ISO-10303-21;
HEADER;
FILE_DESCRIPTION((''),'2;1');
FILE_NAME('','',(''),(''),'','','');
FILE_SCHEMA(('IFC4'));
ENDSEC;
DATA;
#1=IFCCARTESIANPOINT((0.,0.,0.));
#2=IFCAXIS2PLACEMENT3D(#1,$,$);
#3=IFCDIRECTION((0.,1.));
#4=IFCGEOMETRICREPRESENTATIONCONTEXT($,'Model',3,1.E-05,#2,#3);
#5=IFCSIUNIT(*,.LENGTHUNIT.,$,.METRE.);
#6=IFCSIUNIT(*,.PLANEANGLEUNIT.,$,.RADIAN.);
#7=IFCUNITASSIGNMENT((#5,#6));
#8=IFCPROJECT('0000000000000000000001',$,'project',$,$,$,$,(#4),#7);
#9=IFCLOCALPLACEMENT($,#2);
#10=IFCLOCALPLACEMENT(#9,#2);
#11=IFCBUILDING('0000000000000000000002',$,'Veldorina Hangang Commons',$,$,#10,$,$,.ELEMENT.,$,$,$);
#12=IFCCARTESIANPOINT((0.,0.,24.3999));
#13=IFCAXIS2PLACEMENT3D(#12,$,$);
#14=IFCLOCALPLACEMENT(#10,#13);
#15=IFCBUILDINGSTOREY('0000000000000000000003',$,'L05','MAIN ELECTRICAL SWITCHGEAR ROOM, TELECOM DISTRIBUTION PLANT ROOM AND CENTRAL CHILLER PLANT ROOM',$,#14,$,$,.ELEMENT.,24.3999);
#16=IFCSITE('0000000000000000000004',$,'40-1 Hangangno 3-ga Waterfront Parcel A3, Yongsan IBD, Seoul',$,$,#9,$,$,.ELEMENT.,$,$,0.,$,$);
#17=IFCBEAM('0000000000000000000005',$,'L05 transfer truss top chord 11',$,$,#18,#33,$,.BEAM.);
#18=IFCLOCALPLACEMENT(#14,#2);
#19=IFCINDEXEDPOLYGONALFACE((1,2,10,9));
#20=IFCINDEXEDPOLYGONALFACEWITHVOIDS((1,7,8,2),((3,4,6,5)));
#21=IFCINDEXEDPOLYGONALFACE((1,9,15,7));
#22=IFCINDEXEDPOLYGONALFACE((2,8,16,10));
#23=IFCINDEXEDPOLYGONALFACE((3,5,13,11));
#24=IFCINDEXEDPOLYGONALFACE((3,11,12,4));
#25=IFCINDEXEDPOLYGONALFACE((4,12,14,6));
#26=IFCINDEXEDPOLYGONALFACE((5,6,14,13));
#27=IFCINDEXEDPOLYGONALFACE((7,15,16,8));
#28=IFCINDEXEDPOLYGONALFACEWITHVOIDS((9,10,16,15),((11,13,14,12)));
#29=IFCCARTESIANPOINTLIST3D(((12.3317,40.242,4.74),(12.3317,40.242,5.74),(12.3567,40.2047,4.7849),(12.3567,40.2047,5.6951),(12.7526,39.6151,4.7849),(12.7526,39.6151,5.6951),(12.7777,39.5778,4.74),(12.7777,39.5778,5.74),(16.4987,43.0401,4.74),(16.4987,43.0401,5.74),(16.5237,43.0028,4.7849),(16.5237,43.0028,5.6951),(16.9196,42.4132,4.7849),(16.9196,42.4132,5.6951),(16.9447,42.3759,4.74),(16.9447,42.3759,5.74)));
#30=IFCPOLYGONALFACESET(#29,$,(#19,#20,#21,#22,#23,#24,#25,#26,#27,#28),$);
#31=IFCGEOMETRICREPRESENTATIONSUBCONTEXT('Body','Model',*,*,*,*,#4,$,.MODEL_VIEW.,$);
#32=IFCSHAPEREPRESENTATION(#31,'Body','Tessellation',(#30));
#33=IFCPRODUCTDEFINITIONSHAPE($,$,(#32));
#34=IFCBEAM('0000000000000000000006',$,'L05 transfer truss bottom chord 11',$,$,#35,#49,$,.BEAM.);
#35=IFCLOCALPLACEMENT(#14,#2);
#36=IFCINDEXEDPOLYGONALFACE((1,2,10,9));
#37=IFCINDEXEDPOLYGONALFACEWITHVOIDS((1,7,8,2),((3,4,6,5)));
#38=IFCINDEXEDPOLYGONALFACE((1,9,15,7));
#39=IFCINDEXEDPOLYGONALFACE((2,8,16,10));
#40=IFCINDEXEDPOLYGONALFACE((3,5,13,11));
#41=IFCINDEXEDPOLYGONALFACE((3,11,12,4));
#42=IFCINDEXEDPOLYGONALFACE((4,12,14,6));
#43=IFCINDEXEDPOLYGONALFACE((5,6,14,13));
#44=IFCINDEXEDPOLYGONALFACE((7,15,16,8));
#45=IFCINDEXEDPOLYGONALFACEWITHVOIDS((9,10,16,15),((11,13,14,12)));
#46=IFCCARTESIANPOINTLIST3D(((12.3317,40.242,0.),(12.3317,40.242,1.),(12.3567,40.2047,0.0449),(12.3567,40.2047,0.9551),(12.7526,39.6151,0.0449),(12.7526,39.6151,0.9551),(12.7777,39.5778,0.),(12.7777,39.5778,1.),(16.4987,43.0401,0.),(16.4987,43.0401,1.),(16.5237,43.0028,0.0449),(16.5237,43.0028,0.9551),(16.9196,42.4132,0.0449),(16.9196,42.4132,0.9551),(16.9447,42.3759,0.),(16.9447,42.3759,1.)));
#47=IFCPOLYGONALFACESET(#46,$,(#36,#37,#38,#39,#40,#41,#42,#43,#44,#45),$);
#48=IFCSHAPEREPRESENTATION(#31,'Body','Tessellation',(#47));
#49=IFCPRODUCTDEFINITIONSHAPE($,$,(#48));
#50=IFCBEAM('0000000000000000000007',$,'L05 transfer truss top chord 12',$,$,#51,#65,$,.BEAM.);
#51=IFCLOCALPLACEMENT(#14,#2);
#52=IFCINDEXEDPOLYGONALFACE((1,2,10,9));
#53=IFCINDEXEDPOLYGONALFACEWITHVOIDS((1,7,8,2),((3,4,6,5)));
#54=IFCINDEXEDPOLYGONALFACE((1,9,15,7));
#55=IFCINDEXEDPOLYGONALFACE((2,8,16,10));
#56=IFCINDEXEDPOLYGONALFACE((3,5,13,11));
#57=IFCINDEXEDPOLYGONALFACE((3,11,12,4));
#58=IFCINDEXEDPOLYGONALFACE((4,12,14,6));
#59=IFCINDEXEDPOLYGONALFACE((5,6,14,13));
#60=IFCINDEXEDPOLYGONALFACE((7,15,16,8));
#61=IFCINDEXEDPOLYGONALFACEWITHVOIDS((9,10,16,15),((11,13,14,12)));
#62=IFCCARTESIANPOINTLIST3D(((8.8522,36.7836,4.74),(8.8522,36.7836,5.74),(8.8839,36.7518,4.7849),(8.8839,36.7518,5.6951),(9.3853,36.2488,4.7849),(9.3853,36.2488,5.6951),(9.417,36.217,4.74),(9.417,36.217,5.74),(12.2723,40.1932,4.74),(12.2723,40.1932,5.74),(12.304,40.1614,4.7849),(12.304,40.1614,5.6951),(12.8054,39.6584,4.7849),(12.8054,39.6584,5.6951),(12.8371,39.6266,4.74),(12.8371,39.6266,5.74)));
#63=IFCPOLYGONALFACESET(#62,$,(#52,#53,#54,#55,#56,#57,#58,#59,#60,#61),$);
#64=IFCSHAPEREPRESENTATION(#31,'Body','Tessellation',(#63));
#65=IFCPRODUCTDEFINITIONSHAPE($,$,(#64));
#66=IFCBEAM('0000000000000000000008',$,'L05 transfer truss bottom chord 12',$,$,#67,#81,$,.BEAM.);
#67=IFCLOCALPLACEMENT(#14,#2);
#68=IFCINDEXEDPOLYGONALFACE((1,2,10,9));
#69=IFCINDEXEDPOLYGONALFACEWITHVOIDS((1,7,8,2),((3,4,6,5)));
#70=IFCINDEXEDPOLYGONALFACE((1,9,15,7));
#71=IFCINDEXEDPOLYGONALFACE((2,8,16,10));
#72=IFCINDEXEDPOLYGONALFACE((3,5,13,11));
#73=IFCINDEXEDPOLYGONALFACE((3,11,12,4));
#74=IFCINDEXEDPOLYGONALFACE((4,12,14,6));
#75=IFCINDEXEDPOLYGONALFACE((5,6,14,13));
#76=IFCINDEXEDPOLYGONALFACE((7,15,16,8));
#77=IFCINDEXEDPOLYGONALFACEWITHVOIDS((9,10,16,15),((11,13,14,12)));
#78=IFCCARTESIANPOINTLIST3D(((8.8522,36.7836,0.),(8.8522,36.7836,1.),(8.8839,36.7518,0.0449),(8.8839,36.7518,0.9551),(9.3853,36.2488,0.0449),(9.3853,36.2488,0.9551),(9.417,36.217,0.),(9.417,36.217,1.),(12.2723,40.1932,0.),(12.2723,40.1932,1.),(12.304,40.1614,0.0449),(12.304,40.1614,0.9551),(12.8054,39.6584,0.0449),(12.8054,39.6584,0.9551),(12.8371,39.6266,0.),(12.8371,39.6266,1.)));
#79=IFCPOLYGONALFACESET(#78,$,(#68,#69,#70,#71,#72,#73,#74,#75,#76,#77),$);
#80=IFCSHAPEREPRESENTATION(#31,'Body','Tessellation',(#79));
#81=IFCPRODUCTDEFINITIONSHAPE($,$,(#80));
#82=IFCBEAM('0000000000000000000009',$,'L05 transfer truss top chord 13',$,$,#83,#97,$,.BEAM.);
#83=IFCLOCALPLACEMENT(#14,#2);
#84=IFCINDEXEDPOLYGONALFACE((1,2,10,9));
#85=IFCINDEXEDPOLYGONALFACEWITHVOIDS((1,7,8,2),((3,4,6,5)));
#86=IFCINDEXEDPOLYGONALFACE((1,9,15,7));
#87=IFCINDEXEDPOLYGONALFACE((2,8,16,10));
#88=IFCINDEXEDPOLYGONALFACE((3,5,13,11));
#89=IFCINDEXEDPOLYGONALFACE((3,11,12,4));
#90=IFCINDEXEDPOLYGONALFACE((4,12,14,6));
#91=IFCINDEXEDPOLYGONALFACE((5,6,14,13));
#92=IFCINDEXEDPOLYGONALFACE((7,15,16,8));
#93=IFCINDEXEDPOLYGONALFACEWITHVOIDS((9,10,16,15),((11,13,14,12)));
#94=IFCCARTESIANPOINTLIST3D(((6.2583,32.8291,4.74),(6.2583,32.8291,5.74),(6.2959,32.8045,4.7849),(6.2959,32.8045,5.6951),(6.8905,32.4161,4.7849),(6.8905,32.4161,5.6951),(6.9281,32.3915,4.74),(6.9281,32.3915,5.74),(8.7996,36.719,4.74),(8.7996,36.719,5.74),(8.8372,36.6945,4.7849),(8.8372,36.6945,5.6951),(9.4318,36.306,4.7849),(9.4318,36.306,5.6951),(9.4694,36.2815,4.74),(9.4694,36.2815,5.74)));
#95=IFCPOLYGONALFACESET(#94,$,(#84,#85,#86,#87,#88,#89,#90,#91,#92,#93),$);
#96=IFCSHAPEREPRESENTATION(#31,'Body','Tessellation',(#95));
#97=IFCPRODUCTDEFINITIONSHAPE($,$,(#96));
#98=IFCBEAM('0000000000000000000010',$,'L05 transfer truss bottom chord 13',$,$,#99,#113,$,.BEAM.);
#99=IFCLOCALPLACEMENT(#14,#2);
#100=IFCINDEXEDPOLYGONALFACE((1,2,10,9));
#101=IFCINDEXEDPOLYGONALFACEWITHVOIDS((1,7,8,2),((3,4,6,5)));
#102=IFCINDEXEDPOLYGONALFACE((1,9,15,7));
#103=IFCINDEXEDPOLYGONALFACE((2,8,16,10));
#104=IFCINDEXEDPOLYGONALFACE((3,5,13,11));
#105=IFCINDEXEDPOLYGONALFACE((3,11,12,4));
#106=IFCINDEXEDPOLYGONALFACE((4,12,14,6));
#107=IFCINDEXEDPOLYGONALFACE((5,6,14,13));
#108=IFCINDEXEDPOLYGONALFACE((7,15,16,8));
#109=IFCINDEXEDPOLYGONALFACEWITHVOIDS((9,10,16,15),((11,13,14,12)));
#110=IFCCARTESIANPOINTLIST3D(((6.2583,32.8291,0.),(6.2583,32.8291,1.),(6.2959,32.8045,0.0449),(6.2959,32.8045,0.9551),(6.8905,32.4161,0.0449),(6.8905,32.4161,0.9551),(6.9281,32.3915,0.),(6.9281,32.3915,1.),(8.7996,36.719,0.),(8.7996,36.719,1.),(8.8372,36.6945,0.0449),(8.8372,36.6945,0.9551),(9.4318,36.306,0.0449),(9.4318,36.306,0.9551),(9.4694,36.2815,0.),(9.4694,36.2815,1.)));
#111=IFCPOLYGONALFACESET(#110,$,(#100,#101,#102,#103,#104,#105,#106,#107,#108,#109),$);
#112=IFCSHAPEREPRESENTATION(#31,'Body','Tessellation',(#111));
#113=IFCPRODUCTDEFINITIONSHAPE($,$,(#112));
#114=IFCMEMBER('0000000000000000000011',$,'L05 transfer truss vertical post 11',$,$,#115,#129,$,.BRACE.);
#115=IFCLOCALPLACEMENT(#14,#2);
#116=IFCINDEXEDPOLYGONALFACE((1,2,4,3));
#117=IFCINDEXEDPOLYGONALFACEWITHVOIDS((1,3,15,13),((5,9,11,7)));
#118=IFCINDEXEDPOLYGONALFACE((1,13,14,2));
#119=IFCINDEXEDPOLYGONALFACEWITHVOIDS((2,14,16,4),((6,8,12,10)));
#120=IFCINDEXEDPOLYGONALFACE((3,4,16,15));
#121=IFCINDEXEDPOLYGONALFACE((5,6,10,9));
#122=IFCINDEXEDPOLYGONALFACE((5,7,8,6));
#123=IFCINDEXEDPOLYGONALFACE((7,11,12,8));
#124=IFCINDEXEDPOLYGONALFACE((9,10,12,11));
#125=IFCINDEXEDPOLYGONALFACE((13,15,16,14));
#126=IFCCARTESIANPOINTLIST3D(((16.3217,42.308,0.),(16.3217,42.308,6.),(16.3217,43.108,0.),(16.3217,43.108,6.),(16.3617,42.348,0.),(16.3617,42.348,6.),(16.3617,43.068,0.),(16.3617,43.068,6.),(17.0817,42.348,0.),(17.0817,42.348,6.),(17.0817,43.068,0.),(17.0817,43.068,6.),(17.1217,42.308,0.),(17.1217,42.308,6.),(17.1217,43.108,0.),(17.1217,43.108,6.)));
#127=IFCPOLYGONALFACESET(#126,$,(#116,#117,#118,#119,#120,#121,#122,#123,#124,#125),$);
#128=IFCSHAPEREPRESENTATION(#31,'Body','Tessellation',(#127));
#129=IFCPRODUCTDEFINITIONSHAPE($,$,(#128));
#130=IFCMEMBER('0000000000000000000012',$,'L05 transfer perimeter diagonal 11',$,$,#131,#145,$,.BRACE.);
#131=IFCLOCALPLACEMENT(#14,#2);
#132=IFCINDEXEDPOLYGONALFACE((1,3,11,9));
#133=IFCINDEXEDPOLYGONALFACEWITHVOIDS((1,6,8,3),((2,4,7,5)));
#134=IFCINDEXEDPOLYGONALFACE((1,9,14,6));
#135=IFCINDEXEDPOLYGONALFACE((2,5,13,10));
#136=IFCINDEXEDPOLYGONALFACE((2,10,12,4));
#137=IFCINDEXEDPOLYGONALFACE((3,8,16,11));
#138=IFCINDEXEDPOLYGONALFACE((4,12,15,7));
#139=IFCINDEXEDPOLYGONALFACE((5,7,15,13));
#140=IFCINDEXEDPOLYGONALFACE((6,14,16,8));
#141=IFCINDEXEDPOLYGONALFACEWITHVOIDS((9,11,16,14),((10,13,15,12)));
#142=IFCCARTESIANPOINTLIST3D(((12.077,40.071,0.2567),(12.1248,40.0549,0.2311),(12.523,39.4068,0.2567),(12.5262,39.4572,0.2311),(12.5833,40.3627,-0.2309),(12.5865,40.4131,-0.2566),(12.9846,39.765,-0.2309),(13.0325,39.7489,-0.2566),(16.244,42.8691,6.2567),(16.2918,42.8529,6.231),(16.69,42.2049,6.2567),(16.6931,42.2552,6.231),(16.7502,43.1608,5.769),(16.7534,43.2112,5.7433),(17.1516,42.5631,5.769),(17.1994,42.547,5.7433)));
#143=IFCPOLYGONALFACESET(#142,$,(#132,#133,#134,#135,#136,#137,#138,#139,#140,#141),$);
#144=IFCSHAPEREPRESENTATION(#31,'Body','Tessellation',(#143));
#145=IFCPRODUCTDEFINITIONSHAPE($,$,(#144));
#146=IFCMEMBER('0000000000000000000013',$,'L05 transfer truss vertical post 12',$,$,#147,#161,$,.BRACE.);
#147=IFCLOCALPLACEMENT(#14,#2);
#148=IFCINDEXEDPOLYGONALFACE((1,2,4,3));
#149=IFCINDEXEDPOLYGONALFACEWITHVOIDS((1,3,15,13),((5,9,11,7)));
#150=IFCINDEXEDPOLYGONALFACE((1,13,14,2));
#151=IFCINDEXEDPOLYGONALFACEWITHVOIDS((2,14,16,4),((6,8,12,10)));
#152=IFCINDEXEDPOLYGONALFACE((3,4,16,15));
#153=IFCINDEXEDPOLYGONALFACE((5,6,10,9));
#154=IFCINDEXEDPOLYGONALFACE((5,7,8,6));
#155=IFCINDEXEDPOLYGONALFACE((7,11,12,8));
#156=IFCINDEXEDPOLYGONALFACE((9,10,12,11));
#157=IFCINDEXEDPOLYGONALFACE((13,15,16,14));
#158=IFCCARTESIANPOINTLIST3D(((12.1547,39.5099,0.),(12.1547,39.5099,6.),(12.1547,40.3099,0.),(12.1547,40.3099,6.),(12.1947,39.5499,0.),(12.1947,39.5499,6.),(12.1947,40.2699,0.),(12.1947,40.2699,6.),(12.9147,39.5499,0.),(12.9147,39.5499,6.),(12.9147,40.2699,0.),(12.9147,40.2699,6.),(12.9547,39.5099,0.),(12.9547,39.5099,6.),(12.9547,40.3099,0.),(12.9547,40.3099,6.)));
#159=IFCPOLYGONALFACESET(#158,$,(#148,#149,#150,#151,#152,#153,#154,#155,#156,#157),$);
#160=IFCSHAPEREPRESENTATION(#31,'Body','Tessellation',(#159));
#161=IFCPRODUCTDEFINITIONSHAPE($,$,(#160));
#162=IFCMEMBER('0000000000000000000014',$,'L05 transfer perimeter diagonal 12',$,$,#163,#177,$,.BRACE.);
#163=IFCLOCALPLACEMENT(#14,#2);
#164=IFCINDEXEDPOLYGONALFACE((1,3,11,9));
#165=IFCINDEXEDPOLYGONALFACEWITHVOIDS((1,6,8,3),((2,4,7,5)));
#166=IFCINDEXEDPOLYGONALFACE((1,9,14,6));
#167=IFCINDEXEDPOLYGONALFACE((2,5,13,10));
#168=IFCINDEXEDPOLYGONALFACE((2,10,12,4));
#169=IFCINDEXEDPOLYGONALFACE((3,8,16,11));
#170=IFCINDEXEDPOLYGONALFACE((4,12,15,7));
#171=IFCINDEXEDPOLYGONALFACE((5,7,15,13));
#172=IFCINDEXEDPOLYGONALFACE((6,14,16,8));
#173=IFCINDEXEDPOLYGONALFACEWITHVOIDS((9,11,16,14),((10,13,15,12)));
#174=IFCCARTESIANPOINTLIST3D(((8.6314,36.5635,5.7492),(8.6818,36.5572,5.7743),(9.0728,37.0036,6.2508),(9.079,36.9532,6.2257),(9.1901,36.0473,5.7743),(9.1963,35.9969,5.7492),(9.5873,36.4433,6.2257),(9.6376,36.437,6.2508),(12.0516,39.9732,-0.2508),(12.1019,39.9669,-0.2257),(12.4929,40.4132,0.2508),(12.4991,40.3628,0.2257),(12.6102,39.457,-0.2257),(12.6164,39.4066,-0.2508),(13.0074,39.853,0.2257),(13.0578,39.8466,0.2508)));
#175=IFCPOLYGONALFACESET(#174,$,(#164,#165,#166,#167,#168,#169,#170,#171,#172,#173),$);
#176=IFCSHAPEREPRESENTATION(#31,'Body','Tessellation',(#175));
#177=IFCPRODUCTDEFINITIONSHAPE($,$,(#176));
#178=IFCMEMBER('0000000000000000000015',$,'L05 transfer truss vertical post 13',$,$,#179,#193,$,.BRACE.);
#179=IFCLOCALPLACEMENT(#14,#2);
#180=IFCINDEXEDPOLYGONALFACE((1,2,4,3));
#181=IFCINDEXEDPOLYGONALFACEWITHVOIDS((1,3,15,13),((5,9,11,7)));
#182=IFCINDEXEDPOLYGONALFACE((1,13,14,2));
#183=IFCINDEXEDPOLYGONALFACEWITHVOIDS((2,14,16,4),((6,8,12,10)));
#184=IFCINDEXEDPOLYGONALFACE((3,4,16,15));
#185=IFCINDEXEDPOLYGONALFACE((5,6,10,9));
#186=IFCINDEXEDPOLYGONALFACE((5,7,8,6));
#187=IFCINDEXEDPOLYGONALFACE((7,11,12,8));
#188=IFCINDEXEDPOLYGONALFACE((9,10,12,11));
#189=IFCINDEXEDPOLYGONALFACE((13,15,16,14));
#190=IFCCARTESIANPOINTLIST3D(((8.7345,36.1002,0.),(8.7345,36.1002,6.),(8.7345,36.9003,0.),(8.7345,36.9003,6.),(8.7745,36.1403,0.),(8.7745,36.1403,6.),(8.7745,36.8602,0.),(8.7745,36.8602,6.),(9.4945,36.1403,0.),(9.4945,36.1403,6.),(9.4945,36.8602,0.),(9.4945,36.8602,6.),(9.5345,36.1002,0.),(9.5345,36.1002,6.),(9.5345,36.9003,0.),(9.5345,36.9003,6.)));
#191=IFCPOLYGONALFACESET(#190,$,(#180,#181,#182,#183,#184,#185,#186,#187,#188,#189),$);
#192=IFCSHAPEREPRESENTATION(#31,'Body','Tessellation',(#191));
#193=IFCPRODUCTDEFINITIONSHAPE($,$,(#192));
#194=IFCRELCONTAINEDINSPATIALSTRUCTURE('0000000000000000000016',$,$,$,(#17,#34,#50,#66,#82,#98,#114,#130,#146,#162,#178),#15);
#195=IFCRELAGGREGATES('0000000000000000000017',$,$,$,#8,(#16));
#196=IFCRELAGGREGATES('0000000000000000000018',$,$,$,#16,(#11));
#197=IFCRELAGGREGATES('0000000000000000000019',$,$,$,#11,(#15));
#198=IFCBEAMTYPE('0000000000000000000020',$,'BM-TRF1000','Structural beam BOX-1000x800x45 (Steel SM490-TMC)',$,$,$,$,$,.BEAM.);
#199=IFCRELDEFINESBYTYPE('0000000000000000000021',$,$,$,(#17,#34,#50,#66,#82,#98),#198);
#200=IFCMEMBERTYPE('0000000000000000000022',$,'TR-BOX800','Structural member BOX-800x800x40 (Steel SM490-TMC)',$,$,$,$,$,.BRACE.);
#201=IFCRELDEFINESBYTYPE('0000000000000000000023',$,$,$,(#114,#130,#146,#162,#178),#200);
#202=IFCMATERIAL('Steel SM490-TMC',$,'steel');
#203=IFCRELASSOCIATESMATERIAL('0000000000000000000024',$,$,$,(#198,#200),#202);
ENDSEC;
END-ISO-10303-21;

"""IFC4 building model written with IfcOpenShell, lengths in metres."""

from ifc_helpers import new_model, si_unit, direction, frame, origin, origin_2d, place, context, subcontext, project, spatial, hollow_rectangle, extrude, material, material_profile, profile_set, type_object, element, save


model = new_model("IFC4")

# Units and contexts
model_context = context("Model", 3, precision=1e-05, world=origin(), true_north=direction((0.0, 1.0)))
body_context = subcontext(model_context, "Body", "Model", "MODEL_VIEW")
ifc_project = project(units=[si_unit("LENGTHUNIT", "METRE"), si_unit("PLANEANGLEUNIT", "RADIAN")], contexts=[model_context])

# Site, building, storey
site_placement = place(None, origin())
site = spatial("IfcSite", under=ifc_project, at=site_placement, Name="40-1 Hangangno 3-ga Waterfront Parcel A3, Yongsan IBD, Seoul", CompositionType="ELEMENT", RefElevation=0.0)
building_placement = place(site_placement, origin())
building = spatial("IfcBuilding", under=site, at=building_placement, Name="Veldorina Hangang Commons", CompositionType="ELEMENT")
storey_placement = place(building_placement, frame((0.0, 0.0, 24.3999)))
storey = spatial("IfcBuildingStorey", under=building, at=storey_placement, Name="L05", Description="MAIN ELECTRICAL SWITCHGEAR ROOM, TELECOM DISTRIBUTION PLANT ROOM AND CENTRAL CHILLER PLANT ROOM", CompositionType="ELEMENT", Elevation=24.3999)

# Beams
ifc_material_1 = material(Name="Steel SM490-TMC", Category="steel")
ifc_material_profile_1 = material_profile(ifc_material_1, hollow_rectangle(XDim=0.8, YDim=1.0, WallThickness=0.0449, at=origin_2d()), Name="BOX-1000x800x45")
ifc_profile_set_1 = profile_set([ifc_material_profile_1], Name="Steel SM490-TMC")
beam_type = type_object("IfcBeamType", Name="BM-TRF1000", Description="Structural beam BOX-1000x800x45 (Steel SM490-TMC)", PredefinedType="BEAM", material=ifc_profile_set_1)
for number, where, z_axis, x_axis, name in (
    (1, (16.7217, 42.708, 5.24), (-0.830197, -0.55747, 0.0), (0.55747, -0.830197, 0.0), "L05 transfer truss top chord 11"),
    (2, (16.7217, 42.708, 0.5), (-0.830197, -0.55747, 0.0), (0.55747, -0.830197, 0.0), "L05 transfer truss bottom chord 11"),
):
    element("IfcBeam", number, at=place(storey_placement, frame(where, z_axis=z_axis, x_axis=x_axis)), inside=storey, type_object=beam_type, Name=name, PredefinedType="BEAM", context=body_context, shape_type="SweptSolid", body=[
        extrude(hollow_rectangle(XDim=0.8, YDim=1.0, WallThickness=0.0449, at=origin_2d()), origin(), (0.0, 0.0, 1.0), 5.0193),
    ])
for number, where, z_axis, x_axis, name in (
    (3, (12.5547, 39.9099, 5.24), (-0.708193, -0.706019, 0.0), (0.706019, -0.708193, 0.0), "L05 transfer truss top chord 12"),
    (4, (12.5547, 39.9099, 0.5), (-0.708193, -0.706019, 0.0), (0.706019, -0.708193, 0.0), "L05 transfer truss bottom chord 12"),
):
    element("IfcBeam", number, at=place(storey_placement, frame(where, z_axis=z_axis, x_axis=x_axis)), inside=storey, type_object=beam_type, Name=name, PredefinedType="BEAM", context=body_context, shape_type="SweptSolid", body=[
        extrude(hollow_rectangle(XDim=0.8, YDim=1.0, WallThickness=0.0449, at=origin_2d()), origin(), (0.0, 0.0, 1.0), 4.8293),
    ])
for number, where, z_axis, x_axis, name in (
    (5, (9.1345, 36.5002, 5.24), (-0.546928, -0.83718, 0.0), (0.83718, -0.546928, 0.0), "L05 transfer truss top chord 13"),
    (6, (9.1345, 36.5002, 0.5), (-0.546928, -0.83718, 0.0), (0.83718, -0.546928, 0.0), "L05 transfer truss bottom chord 13"),
):
    element("IfcBeam", number, at=place(storey_placement, frame(where, z_axis=z_axis, x_axis=x_axis)), inside=storey, type_object=beam_type, Name=name, PredefinedType="BEAM", context=body_context, shape_type="SweptSolid", body=[
        extrude(hollow_rectangle(XDim=0.8, YDim=1.0, WallThickness=0.0449, at=origin_2d()), origin(), (0.0, 0.0, 1.0), 4.6465),
    ])

# Members
ifc_material_profile_2 = material_profile(ifc_material_1, hollow_rectangle(XDim=0.8, YDim=0.8, WallThickness=0.04, at=origin_2d()), Name="BOX-800x800x40")
ifc_profile_set_2 = profile_set([ifc_material_profile_2], Name="Steel SM490-TMC")
member_type = type_object("IfcMemberType", Name="TR-BOX800", Description="Structural member BOX-800x800x40 (Steel SM490-TMC)", PredefinedType="BRACE", material=ifc_profile_set_2)
member_1_placement = place(storey_placement, frame((16.7217, 42.708, 0.0), z_axis=(0.0, 0.0, 1.0), x_axis=(1.0, 0.0, 0.0)))
element("IfcMember", 7, at=member_1_placement, inside=storey, type_object=member_type, Name="L05 transfer truss vertical post 11", PredefinedType="BRACE", context=body_context, shape_type="SweptSolid", body=[
    extrude(hollow_rectangle(XDim=0.8, YDim=0.8, WallThickness=0.04, at=origin_2d()), origin(), (0.0, 0.0, 1.0), 6.0),
])
member_2_placement = place(storey_placement, frame((16.7217, 42.708, 6.0), z_axis=(-0.532686, -0.357694, -0.767008), x_axis=(0.55747, -0.830197, 0.0)))
element("IfcMember", 8, at=member_2_placement, inside=storey, type_object=member_type, Name="L05 transfer perimeter diagonal 11", PredefinedType="BRACE", context=body_context, shape_type="SweptSolid", body=[
    extrude(hollow_rectangle(XDim=0.8, YDim=0.8, WallThickness=0.04, at=origin_2d()), origin(), (0.0, 0.0, 1.0), 7.8225),
])
member_3_placement = place(storey_placement, frame((12.5547, 39.9099, 0.0), z_axis=(0.0, 0.0, 1.0), x_axis=(1.0, 0.0, 0.0)))
element("IfcMember", 9, at=member_3_placement, inside=storey, type_object=member_type, Name="L05 transfer truss vertical post 12", PredefinedType="BRACE", context=body_context, shape_type="SweptSolid", body=[
    extrude(hollow_rectangle(XDim=0.8, YDim=0.8, WallThickness=0.04, at=origin_2d()), origin(), (0.0, 0.0, 1.0), 6.0),
])
member_4_placement = place(storey_placement, frame((12.5547, 39.9099, 0.0), z_axis=(-0.444052, -0.442689, 0.779002), x_axis=(0.706019, -0.708193, 0.0)))
element("IfcMember", 10, at=member_4_placement, inside=storey, type_object=member_type, Name="L05 transfer perimeter diagonal 12", PredefinedType="BRACE", context=body_context, shape_type="SweptSolid", body=[
    extrude(hollow_rectangle(XDim=0.8, YDim=0.8, WallThickness=0.04, at=origin_2d()), origin(), (0.0, 0.0, 1.0), 7.7021),
])
member_5_placement = place(storey_placement, frame((9.1345, 36.5002, 0.0), z_axis=(0.0, 0.0, 1.0), x_axis=(1.0, 0.0, 0.0)))
element("IfcMember", 11, at=member_5_placement, inside=storey, type_object=member_type, Name="L05 transfer truss vertical post 13", PredefinedType="BRACE", context=body_context, shape_type="SweptSolid", body=[
    extrude(hollow_rectangle(XDim=0.8, YDim=0.8, WallThickness=0.04, at=origin_2d()), origin(), (0.0, 0.0, 1.0), 6.0),
])

save(model, "model.ifc")
